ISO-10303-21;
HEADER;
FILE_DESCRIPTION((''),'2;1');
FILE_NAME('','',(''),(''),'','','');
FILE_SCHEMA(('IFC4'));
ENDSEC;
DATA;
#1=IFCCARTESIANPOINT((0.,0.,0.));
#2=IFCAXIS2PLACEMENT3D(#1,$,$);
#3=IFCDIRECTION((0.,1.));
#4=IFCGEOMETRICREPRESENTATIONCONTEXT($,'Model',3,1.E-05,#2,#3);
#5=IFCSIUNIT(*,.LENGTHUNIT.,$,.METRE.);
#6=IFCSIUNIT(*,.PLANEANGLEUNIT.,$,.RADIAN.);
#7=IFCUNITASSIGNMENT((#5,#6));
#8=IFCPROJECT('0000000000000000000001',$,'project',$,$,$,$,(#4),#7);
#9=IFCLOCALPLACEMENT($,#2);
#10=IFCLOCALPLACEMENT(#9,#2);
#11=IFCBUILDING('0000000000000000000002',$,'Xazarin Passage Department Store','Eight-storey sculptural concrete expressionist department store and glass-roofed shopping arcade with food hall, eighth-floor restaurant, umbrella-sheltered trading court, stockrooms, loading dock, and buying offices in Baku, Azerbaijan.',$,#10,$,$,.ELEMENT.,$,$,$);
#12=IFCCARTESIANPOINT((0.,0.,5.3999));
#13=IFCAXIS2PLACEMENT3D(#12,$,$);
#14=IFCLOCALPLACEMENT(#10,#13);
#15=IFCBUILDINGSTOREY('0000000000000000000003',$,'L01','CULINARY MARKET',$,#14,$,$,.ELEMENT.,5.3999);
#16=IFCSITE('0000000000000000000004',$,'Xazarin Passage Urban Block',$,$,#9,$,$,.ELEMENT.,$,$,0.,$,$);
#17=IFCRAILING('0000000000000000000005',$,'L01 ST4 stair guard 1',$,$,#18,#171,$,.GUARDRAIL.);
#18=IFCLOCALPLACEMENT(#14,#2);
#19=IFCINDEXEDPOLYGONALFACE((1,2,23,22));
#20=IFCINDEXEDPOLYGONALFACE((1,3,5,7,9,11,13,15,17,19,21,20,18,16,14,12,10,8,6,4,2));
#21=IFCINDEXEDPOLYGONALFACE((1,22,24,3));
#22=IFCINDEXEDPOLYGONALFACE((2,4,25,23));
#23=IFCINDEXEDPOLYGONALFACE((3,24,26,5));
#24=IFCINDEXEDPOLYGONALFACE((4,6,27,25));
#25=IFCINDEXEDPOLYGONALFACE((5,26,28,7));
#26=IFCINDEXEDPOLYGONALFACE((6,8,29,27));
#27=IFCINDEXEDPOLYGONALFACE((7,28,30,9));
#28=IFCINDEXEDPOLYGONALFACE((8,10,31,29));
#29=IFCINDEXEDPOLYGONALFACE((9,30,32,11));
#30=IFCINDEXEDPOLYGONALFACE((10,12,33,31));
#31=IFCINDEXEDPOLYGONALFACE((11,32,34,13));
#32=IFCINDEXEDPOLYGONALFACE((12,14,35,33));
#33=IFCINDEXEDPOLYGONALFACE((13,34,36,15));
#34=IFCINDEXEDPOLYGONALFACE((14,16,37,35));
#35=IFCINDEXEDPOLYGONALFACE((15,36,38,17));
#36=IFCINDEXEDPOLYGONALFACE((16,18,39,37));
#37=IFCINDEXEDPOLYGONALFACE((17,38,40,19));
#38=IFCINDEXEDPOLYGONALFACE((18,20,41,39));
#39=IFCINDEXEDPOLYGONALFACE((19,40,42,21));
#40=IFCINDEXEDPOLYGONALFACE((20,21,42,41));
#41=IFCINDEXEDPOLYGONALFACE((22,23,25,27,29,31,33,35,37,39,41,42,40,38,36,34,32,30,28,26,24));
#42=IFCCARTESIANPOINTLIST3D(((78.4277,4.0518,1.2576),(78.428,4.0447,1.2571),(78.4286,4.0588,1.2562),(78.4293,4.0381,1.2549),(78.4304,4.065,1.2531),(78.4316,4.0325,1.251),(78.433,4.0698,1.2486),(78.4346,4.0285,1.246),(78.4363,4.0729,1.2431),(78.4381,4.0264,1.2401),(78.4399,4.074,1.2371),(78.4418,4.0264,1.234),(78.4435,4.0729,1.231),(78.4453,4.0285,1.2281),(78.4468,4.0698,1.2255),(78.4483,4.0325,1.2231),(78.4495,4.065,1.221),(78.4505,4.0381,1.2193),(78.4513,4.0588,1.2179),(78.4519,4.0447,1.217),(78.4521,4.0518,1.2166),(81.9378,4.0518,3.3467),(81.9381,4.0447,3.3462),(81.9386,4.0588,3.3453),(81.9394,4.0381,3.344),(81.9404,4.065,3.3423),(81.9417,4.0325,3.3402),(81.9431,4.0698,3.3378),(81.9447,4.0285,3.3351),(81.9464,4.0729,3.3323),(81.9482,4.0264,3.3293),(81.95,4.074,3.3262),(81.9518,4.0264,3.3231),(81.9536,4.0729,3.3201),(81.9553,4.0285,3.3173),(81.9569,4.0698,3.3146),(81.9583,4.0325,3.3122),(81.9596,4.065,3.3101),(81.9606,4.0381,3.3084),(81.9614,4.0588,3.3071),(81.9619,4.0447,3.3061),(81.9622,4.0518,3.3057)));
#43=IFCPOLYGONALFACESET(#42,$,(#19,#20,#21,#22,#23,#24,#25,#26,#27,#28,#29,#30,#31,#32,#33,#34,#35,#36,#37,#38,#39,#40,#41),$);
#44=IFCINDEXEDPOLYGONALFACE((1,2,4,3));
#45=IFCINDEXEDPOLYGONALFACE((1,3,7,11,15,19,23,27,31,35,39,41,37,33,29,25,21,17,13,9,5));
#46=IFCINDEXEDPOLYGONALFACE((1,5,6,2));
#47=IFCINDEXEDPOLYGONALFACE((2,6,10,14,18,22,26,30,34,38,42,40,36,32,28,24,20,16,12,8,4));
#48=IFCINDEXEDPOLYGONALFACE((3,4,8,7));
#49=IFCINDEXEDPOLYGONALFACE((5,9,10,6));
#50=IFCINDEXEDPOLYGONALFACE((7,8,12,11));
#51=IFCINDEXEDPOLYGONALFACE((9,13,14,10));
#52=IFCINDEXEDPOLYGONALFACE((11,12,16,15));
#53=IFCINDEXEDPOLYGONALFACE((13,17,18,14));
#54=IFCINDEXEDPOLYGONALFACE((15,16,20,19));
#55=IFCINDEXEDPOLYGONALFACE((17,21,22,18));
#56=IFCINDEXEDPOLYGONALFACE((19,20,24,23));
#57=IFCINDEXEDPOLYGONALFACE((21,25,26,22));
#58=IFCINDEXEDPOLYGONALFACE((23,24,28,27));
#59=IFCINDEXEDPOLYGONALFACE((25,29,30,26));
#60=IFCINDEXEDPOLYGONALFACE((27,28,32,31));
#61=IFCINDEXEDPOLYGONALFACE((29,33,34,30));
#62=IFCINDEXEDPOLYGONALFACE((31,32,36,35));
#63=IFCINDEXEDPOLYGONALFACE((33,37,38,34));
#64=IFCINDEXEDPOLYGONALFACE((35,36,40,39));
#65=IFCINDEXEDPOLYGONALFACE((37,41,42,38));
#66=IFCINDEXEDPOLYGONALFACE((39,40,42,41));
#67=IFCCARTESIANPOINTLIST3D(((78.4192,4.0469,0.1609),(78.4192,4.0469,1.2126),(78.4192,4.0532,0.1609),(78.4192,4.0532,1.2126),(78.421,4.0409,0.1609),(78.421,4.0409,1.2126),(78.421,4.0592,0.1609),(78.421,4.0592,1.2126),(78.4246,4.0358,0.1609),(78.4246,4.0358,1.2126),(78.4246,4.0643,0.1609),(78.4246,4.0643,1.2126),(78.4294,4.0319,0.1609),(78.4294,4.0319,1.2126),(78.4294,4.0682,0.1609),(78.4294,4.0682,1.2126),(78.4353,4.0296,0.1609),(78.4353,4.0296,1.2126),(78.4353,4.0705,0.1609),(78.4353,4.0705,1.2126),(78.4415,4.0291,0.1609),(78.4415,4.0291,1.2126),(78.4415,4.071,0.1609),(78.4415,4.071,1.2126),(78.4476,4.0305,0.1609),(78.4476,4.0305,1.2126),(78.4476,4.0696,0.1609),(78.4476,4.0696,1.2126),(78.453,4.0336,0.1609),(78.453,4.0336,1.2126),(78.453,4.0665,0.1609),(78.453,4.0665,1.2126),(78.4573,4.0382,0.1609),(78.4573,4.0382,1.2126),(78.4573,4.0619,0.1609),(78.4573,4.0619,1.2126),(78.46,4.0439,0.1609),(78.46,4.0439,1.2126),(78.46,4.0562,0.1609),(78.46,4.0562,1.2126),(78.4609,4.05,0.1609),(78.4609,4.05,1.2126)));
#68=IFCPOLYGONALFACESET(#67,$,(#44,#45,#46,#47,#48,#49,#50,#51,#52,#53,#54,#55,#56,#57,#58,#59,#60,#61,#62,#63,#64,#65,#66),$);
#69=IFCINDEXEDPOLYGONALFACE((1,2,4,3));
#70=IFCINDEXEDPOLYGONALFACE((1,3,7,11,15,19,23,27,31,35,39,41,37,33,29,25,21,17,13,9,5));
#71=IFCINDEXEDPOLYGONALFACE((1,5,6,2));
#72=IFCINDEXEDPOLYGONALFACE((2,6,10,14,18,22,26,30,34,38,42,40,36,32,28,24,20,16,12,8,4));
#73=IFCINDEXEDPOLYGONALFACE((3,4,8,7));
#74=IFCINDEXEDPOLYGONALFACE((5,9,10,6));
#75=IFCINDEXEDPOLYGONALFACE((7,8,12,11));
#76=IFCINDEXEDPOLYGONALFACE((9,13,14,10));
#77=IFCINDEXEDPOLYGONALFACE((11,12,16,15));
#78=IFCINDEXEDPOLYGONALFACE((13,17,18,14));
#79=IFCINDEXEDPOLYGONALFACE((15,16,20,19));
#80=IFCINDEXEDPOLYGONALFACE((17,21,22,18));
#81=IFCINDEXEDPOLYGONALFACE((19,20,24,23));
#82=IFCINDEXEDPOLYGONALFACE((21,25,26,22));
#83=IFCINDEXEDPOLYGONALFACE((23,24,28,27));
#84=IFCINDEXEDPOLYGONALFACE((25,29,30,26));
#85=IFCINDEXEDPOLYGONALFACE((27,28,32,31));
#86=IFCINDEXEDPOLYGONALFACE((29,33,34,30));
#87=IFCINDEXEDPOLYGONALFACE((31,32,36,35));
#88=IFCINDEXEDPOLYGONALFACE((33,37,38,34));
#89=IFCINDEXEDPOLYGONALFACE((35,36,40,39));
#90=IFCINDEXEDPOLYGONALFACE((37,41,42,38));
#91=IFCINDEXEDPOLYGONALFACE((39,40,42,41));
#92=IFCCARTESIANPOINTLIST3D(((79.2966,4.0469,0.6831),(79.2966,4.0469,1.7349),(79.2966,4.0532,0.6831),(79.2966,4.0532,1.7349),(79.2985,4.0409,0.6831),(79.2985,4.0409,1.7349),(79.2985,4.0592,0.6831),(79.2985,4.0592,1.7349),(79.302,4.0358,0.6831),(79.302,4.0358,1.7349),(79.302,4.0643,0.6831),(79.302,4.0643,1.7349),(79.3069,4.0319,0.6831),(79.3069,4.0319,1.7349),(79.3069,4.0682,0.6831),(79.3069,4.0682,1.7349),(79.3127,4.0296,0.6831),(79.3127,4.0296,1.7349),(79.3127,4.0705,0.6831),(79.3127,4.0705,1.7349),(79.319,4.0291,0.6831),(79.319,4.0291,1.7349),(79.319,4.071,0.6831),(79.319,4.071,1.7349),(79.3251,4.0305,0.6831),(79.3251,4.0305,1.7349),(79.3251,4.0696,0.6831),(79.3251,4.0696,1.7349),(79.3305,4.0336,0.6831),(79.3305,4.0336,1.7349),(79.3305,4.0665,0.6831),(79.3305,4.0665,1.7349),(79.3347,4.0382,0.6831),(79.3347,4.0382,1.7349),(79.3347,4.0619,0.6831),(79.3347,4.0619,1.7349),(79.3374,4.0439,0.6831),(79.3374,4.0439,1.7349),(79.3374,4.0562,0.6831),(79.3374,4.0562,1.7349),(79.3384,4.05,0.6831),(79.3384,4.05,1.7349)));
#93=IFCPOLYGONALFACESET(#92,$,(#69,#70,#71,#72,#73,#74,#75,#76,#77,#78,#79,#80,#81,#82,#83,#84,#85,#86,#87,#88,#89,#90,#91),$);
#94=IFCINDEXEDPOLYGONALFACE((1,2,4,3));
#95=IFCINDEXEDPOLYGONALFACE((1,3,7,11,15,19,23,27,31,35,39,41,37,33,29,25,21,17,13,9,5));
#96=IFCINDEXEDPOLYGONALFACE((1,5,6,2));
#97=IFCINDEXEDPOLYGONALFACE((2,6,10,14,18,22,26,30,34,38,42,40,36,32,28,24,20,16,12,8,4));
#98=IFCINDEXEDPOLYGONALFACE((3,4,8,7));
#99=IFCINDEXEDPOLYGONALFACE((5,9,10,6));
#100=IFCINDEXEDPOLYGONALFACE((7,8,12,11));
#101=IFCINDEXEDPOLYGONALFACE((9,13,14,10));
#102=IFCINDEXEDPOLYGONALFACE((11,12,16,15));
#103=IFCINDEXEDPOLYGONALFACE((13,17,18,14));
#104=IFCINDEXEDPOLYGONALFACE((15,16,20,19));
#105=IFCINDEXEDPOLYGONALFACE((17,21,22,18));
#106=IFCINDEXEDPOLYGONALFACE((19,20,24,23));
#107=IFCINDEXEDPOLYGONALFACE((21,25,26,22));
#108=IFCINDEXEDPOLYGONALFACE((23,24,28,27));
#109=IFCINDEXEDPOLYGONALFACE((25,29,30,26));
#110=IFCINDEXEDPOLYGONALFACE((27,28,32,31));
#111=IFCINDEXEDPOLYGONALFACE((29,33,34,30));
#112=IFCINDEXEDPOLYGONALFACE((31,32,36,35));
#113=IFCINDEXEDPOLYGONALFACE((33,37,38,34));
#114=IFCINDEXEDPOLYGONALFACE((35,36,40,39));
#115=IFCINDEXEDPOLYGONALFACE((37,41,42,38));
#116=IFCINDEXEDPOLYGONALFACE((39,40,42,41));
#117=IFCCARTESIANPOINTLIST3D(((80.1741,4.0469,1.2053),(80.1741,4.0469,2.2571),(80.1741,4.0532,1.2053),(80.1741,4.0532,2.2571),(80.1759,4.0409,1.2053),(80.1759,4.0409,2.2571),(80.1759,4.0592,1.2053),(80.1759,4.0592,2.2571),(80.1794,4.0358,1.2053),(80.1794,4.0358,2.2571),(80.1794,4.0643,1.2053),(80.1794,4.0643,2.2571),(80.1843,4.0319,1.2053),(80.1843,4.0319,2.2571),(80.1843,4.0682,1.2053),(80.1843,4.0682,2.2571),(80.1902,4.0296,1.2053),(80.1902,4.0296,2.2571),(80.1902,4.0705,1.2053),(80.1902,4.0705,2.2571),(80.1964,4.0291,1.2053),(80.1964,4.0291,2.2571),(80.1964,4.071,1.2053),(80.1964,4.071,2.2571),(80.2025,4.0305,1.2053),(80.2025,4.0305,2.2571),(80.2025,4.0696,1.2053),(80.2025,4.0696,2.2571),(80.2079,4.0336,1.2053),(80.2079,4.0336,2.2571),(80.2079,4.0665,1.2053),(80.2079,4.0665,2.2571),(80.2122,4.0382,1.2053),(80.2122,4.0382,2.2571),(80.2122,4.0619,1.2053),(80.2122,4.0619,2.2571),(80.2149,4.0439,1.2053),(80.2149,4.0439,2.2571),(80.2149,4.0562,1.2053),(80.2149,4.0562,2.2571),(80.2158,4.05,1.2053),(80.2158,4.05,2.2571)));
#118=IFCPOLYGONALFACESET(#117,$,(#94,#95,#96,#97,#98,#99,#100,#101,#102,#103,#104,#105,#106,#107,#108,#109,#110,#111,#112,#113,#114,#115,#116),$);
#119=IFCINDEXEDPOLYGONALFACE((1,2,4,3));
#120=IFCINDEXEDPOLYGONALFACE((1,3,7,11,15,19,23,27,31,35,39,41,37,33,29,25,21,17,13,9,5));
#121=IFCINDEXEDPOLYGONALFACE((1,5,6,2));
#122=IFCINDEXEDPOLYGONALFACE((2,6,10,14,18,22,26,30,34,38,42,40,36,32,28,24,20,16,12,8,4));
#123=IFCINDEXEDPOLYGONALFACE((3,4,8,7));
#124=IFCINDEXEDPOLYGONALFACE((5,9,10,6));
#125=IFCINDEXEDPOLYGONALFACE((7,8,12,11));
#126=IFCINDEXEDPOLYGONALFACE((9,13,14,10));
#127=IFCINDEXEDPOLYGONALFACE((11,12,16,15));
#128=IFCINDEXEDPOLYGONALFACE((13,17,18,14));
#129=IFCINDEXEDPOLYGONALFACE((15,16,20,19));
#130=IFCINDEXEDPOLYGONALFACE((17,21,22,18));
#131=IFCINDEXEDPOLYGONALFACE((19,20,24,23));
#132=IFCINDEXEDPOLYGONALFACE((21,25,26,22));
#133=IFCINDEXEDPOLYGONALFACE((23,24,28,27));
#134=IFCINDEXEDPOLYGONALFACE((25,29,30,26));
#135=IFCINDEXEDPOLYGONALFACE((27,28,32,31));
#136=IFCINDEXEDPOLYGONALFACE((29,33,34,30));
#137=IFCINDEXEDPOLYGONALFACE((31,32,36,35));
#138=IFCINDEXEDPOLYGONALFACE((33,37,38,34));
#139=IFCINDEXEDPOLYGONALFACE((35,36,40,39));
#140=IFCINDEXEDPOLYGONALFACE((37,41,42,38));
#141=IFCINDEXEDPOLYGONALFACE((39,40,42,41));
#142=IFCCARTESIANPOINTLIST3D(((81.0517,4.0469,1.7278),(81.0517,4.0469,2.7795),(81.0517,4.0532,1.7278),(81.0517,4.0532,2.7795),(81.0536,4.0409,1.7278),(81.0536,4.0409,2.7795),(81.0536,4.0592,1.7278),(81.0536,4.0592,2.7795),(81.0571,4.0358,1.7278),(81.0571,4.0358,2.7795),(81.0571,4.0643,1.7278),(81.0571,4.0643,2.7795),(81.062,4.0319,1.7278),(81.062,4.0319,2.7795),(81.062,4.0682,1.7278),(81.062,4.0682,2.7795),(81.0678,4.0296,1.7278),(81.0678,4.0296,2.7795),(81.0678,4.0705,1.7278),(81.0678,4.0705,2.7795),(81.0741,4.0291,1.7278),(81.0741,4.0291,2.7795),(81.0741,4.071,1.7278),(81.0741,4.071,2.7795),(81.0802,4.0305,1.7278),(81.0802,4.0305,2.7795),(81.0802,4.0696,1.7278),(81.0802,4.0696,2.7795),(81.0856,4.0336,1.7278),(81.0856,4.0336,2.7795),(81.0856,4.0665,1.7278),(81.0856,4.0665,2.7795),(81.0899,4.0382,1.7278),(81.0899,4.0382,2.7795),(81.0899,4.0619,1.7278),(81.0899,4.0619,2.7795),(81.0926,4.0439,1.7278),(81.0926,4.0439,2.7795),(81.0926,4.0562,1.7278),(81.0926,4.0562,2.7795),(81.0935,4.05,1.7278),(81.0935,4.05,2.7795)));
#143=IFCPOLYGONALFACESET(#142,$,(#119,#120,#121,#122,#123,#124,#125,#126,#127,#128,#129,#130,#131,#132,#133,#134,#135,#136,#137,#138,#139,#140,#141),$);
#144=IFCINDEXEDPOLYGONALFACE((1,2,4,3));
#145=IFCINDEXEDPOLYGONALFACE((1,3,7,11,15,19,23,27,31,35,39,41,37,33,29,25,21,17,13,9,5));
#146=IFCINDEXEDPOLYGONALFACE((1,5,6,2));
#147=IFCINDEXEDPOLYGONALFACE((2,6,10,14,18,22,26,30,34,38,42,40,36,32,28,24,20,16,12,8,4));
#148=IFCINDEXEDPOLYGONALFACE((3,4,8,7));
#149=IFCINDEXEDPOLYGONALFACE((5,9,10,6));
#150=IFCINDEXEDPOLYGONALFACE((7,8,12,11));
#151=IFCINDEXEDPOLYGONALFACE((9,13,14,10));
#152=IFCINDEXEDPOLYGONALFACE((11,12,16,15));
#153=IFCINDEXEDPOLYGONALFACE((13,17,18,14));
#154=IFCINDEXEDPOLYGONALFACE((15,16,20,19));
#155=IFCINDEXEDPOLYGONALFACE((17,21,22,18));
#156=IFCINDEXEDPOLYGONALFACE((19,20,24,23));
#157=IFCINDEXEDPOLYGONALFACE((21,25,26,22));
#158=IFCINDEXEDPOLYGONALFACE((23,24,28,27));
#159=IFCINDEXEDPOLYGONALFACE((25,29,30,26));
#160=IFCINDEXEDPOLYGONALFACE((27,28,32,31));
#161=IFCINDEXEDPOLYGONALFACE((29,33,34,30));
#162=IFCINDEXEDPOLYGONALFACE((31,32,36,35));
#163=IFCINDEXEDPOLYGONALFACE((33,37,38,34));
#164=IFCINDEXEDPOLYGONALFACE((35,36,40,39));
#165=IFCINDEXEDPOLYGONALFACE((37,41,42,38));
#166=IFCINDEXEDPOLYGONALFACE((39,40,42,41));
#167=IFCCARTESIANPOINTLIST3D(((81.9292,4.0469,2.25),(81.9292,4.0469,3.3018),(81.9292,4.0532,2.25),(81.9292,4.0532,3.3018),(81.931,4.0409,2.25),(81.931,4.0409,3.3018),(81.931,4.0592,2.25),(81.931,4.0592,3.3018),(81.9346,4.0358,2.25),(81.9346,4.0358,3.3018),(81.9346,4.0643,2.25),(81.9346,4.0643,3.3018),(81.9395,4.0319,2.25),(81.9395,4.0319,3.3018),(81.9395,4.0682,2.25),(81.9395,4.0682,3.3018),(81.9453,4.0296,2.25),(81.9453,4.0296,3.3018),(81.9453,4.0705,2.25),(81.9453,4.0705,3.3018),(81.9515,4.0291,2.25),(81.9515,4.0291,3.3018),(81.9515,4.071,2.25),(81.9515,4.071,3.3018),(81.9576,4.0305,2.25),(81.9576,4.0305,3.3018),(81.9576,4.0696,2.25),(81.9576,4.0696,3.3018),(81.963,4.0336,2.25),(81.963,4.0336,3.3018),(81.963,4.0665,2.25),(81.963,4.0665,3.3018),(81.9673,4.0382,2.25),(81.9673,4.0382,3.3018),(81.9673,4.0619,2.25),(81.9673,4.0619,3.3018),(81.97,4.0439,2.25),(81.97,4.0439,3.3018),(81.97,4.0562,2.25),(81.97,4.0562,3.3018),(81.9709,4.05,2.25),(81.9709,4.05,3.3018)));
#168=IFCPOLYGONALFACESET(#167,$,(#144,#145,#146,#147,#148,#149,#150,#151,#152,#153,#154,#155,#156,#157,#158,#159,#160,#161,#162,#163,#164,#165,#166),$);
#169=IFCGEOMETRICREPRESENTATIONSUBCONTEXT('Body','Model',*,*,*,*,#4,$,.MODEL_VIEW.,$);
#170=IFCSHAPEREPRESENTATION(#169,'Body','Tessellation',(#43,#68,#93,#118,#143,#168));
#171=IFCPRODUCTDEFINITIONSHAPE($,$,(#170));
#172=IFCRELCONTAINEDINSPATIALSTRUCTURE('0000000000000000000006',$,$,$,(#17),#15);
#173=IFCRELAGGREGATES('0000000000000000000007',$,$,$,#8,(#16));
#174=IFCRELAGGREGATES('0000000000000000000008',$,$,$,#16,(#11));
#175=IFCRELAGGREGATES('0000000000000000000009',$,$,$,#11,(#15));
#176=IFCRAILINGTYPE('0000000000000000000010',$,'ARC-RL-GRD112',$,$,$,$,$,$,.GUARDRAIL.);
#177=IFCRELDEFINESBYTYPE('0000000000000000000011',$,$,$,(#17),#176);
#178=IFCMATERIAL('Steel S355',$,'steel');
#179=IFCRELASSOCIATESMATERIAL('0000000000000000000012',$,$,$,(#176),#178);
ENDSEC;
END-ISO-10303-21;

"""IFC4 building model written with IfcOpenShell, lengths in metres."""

from ifc_helpers import new_model, si_unit, direction, frame, origin, origin_2d, place, context, subcontext, project, spatial, circle, extrude, material, type_object, element, save


model = new_model("IFC4")

# Units and contexts
model_context = context("Model", 3, precision=1e-05, world=origin(), true_north=direction((0.0, 1.0)))
body_context = subcontext(model_context, "Body", "Model", "MODEL_VIEW")
ifc_project = project(units=[si_unit("LENGTHUNIT", "METRE"), si_unit("PLANEANGLEUNIT", "RADIAN")], contexts=[model_context])

# Site, building, storey
site_placement = place(None, origin())
site = spatial("IfcSite", under=ifc_project, at=site_placement, Name="Xazarin Passage Urban Block", CompositionType="ELEMENT", RefElevation=0.0)
building_placement = place(site_placement, origin())
building = spatial("IfcBuilding", under=site, at=building_placement, Name="Xazarin Passage Department Store", Description="Eight-storey sculptural concrete expressionist department store and glass-roofed shopping arcade with food hall, eighth-floor restaurant, umbrella-sheltered trading court, stockrooms, loading dock, and buying offices in Baku, Azerbaijan.", CompositionType="ELEMENT")
storey_placement = place(building_placement, frame((0.0, 0.0, 5.3999)))
storey = spatial("IfcBuildingStorey", under=building, at=storey_placement, Name="L01", Description="CULINARY MARKET", CompositionType="ELEMENT", Elevation=5.3999)

# Railing
ifc_material_1 = material(Name="Steel S355", Category="steel")
railing_type_1 = type_object("IfcRailingType", Name="ARC-RL-GRD112", PredefinedType="GUARDRAIL", material=ifc_material_1)
railing_1_placement = place(storey_placement, frame((78.4399, 4.05, 0.1609)))
element("IfcRailing", 1, at=railing_1_placement, inside=storey, type_object=railing_type_1, Name="L01 ST4 stair guard 1", PredefinedType="GUARDRAIL", context=body_context, shape_type="SweptSolid", body=[
    extrude(circle(Radius=0.0239, at=origin_2d()), frame((0.0, 0.0, 1.0762), z_axis=(0.859312, 0.0, 0.511451), x_axis=(0.0, 1.0, 0.0)), (0.0, 0.0, 1.0), 4.0847),
    extrude(circle(Radius=0.021, at=origin_2d()), origin(), (0.0, 0.0, 1.0), 1.0518),
    extrude(circle(Radius=0.021, at=origin_2d()), frame((0.8774, 0.0, 0.5222)), (0.0, 0.0, 1.0), 1.0518),
    extrude(circle(Radius=0.021, at=origin_2d()), frame((1.7549, 0.0, 1.0444)), (0.0, 0.0, 1.0), 1.0518),
    extrude(circle(Radius=0.021, at=origin_2d()), frame((2.6326, 0.0, 1.5669)), (0.0, 0.0, 1.0), 1.0518),
    extrude(circle(Radius=0.021, at=origin_2d()), frame((3.51, 0.0, 2.0891)), (0.0, 0.0, 1.0), 1.0518),
])

save(model, "model.ifc")
